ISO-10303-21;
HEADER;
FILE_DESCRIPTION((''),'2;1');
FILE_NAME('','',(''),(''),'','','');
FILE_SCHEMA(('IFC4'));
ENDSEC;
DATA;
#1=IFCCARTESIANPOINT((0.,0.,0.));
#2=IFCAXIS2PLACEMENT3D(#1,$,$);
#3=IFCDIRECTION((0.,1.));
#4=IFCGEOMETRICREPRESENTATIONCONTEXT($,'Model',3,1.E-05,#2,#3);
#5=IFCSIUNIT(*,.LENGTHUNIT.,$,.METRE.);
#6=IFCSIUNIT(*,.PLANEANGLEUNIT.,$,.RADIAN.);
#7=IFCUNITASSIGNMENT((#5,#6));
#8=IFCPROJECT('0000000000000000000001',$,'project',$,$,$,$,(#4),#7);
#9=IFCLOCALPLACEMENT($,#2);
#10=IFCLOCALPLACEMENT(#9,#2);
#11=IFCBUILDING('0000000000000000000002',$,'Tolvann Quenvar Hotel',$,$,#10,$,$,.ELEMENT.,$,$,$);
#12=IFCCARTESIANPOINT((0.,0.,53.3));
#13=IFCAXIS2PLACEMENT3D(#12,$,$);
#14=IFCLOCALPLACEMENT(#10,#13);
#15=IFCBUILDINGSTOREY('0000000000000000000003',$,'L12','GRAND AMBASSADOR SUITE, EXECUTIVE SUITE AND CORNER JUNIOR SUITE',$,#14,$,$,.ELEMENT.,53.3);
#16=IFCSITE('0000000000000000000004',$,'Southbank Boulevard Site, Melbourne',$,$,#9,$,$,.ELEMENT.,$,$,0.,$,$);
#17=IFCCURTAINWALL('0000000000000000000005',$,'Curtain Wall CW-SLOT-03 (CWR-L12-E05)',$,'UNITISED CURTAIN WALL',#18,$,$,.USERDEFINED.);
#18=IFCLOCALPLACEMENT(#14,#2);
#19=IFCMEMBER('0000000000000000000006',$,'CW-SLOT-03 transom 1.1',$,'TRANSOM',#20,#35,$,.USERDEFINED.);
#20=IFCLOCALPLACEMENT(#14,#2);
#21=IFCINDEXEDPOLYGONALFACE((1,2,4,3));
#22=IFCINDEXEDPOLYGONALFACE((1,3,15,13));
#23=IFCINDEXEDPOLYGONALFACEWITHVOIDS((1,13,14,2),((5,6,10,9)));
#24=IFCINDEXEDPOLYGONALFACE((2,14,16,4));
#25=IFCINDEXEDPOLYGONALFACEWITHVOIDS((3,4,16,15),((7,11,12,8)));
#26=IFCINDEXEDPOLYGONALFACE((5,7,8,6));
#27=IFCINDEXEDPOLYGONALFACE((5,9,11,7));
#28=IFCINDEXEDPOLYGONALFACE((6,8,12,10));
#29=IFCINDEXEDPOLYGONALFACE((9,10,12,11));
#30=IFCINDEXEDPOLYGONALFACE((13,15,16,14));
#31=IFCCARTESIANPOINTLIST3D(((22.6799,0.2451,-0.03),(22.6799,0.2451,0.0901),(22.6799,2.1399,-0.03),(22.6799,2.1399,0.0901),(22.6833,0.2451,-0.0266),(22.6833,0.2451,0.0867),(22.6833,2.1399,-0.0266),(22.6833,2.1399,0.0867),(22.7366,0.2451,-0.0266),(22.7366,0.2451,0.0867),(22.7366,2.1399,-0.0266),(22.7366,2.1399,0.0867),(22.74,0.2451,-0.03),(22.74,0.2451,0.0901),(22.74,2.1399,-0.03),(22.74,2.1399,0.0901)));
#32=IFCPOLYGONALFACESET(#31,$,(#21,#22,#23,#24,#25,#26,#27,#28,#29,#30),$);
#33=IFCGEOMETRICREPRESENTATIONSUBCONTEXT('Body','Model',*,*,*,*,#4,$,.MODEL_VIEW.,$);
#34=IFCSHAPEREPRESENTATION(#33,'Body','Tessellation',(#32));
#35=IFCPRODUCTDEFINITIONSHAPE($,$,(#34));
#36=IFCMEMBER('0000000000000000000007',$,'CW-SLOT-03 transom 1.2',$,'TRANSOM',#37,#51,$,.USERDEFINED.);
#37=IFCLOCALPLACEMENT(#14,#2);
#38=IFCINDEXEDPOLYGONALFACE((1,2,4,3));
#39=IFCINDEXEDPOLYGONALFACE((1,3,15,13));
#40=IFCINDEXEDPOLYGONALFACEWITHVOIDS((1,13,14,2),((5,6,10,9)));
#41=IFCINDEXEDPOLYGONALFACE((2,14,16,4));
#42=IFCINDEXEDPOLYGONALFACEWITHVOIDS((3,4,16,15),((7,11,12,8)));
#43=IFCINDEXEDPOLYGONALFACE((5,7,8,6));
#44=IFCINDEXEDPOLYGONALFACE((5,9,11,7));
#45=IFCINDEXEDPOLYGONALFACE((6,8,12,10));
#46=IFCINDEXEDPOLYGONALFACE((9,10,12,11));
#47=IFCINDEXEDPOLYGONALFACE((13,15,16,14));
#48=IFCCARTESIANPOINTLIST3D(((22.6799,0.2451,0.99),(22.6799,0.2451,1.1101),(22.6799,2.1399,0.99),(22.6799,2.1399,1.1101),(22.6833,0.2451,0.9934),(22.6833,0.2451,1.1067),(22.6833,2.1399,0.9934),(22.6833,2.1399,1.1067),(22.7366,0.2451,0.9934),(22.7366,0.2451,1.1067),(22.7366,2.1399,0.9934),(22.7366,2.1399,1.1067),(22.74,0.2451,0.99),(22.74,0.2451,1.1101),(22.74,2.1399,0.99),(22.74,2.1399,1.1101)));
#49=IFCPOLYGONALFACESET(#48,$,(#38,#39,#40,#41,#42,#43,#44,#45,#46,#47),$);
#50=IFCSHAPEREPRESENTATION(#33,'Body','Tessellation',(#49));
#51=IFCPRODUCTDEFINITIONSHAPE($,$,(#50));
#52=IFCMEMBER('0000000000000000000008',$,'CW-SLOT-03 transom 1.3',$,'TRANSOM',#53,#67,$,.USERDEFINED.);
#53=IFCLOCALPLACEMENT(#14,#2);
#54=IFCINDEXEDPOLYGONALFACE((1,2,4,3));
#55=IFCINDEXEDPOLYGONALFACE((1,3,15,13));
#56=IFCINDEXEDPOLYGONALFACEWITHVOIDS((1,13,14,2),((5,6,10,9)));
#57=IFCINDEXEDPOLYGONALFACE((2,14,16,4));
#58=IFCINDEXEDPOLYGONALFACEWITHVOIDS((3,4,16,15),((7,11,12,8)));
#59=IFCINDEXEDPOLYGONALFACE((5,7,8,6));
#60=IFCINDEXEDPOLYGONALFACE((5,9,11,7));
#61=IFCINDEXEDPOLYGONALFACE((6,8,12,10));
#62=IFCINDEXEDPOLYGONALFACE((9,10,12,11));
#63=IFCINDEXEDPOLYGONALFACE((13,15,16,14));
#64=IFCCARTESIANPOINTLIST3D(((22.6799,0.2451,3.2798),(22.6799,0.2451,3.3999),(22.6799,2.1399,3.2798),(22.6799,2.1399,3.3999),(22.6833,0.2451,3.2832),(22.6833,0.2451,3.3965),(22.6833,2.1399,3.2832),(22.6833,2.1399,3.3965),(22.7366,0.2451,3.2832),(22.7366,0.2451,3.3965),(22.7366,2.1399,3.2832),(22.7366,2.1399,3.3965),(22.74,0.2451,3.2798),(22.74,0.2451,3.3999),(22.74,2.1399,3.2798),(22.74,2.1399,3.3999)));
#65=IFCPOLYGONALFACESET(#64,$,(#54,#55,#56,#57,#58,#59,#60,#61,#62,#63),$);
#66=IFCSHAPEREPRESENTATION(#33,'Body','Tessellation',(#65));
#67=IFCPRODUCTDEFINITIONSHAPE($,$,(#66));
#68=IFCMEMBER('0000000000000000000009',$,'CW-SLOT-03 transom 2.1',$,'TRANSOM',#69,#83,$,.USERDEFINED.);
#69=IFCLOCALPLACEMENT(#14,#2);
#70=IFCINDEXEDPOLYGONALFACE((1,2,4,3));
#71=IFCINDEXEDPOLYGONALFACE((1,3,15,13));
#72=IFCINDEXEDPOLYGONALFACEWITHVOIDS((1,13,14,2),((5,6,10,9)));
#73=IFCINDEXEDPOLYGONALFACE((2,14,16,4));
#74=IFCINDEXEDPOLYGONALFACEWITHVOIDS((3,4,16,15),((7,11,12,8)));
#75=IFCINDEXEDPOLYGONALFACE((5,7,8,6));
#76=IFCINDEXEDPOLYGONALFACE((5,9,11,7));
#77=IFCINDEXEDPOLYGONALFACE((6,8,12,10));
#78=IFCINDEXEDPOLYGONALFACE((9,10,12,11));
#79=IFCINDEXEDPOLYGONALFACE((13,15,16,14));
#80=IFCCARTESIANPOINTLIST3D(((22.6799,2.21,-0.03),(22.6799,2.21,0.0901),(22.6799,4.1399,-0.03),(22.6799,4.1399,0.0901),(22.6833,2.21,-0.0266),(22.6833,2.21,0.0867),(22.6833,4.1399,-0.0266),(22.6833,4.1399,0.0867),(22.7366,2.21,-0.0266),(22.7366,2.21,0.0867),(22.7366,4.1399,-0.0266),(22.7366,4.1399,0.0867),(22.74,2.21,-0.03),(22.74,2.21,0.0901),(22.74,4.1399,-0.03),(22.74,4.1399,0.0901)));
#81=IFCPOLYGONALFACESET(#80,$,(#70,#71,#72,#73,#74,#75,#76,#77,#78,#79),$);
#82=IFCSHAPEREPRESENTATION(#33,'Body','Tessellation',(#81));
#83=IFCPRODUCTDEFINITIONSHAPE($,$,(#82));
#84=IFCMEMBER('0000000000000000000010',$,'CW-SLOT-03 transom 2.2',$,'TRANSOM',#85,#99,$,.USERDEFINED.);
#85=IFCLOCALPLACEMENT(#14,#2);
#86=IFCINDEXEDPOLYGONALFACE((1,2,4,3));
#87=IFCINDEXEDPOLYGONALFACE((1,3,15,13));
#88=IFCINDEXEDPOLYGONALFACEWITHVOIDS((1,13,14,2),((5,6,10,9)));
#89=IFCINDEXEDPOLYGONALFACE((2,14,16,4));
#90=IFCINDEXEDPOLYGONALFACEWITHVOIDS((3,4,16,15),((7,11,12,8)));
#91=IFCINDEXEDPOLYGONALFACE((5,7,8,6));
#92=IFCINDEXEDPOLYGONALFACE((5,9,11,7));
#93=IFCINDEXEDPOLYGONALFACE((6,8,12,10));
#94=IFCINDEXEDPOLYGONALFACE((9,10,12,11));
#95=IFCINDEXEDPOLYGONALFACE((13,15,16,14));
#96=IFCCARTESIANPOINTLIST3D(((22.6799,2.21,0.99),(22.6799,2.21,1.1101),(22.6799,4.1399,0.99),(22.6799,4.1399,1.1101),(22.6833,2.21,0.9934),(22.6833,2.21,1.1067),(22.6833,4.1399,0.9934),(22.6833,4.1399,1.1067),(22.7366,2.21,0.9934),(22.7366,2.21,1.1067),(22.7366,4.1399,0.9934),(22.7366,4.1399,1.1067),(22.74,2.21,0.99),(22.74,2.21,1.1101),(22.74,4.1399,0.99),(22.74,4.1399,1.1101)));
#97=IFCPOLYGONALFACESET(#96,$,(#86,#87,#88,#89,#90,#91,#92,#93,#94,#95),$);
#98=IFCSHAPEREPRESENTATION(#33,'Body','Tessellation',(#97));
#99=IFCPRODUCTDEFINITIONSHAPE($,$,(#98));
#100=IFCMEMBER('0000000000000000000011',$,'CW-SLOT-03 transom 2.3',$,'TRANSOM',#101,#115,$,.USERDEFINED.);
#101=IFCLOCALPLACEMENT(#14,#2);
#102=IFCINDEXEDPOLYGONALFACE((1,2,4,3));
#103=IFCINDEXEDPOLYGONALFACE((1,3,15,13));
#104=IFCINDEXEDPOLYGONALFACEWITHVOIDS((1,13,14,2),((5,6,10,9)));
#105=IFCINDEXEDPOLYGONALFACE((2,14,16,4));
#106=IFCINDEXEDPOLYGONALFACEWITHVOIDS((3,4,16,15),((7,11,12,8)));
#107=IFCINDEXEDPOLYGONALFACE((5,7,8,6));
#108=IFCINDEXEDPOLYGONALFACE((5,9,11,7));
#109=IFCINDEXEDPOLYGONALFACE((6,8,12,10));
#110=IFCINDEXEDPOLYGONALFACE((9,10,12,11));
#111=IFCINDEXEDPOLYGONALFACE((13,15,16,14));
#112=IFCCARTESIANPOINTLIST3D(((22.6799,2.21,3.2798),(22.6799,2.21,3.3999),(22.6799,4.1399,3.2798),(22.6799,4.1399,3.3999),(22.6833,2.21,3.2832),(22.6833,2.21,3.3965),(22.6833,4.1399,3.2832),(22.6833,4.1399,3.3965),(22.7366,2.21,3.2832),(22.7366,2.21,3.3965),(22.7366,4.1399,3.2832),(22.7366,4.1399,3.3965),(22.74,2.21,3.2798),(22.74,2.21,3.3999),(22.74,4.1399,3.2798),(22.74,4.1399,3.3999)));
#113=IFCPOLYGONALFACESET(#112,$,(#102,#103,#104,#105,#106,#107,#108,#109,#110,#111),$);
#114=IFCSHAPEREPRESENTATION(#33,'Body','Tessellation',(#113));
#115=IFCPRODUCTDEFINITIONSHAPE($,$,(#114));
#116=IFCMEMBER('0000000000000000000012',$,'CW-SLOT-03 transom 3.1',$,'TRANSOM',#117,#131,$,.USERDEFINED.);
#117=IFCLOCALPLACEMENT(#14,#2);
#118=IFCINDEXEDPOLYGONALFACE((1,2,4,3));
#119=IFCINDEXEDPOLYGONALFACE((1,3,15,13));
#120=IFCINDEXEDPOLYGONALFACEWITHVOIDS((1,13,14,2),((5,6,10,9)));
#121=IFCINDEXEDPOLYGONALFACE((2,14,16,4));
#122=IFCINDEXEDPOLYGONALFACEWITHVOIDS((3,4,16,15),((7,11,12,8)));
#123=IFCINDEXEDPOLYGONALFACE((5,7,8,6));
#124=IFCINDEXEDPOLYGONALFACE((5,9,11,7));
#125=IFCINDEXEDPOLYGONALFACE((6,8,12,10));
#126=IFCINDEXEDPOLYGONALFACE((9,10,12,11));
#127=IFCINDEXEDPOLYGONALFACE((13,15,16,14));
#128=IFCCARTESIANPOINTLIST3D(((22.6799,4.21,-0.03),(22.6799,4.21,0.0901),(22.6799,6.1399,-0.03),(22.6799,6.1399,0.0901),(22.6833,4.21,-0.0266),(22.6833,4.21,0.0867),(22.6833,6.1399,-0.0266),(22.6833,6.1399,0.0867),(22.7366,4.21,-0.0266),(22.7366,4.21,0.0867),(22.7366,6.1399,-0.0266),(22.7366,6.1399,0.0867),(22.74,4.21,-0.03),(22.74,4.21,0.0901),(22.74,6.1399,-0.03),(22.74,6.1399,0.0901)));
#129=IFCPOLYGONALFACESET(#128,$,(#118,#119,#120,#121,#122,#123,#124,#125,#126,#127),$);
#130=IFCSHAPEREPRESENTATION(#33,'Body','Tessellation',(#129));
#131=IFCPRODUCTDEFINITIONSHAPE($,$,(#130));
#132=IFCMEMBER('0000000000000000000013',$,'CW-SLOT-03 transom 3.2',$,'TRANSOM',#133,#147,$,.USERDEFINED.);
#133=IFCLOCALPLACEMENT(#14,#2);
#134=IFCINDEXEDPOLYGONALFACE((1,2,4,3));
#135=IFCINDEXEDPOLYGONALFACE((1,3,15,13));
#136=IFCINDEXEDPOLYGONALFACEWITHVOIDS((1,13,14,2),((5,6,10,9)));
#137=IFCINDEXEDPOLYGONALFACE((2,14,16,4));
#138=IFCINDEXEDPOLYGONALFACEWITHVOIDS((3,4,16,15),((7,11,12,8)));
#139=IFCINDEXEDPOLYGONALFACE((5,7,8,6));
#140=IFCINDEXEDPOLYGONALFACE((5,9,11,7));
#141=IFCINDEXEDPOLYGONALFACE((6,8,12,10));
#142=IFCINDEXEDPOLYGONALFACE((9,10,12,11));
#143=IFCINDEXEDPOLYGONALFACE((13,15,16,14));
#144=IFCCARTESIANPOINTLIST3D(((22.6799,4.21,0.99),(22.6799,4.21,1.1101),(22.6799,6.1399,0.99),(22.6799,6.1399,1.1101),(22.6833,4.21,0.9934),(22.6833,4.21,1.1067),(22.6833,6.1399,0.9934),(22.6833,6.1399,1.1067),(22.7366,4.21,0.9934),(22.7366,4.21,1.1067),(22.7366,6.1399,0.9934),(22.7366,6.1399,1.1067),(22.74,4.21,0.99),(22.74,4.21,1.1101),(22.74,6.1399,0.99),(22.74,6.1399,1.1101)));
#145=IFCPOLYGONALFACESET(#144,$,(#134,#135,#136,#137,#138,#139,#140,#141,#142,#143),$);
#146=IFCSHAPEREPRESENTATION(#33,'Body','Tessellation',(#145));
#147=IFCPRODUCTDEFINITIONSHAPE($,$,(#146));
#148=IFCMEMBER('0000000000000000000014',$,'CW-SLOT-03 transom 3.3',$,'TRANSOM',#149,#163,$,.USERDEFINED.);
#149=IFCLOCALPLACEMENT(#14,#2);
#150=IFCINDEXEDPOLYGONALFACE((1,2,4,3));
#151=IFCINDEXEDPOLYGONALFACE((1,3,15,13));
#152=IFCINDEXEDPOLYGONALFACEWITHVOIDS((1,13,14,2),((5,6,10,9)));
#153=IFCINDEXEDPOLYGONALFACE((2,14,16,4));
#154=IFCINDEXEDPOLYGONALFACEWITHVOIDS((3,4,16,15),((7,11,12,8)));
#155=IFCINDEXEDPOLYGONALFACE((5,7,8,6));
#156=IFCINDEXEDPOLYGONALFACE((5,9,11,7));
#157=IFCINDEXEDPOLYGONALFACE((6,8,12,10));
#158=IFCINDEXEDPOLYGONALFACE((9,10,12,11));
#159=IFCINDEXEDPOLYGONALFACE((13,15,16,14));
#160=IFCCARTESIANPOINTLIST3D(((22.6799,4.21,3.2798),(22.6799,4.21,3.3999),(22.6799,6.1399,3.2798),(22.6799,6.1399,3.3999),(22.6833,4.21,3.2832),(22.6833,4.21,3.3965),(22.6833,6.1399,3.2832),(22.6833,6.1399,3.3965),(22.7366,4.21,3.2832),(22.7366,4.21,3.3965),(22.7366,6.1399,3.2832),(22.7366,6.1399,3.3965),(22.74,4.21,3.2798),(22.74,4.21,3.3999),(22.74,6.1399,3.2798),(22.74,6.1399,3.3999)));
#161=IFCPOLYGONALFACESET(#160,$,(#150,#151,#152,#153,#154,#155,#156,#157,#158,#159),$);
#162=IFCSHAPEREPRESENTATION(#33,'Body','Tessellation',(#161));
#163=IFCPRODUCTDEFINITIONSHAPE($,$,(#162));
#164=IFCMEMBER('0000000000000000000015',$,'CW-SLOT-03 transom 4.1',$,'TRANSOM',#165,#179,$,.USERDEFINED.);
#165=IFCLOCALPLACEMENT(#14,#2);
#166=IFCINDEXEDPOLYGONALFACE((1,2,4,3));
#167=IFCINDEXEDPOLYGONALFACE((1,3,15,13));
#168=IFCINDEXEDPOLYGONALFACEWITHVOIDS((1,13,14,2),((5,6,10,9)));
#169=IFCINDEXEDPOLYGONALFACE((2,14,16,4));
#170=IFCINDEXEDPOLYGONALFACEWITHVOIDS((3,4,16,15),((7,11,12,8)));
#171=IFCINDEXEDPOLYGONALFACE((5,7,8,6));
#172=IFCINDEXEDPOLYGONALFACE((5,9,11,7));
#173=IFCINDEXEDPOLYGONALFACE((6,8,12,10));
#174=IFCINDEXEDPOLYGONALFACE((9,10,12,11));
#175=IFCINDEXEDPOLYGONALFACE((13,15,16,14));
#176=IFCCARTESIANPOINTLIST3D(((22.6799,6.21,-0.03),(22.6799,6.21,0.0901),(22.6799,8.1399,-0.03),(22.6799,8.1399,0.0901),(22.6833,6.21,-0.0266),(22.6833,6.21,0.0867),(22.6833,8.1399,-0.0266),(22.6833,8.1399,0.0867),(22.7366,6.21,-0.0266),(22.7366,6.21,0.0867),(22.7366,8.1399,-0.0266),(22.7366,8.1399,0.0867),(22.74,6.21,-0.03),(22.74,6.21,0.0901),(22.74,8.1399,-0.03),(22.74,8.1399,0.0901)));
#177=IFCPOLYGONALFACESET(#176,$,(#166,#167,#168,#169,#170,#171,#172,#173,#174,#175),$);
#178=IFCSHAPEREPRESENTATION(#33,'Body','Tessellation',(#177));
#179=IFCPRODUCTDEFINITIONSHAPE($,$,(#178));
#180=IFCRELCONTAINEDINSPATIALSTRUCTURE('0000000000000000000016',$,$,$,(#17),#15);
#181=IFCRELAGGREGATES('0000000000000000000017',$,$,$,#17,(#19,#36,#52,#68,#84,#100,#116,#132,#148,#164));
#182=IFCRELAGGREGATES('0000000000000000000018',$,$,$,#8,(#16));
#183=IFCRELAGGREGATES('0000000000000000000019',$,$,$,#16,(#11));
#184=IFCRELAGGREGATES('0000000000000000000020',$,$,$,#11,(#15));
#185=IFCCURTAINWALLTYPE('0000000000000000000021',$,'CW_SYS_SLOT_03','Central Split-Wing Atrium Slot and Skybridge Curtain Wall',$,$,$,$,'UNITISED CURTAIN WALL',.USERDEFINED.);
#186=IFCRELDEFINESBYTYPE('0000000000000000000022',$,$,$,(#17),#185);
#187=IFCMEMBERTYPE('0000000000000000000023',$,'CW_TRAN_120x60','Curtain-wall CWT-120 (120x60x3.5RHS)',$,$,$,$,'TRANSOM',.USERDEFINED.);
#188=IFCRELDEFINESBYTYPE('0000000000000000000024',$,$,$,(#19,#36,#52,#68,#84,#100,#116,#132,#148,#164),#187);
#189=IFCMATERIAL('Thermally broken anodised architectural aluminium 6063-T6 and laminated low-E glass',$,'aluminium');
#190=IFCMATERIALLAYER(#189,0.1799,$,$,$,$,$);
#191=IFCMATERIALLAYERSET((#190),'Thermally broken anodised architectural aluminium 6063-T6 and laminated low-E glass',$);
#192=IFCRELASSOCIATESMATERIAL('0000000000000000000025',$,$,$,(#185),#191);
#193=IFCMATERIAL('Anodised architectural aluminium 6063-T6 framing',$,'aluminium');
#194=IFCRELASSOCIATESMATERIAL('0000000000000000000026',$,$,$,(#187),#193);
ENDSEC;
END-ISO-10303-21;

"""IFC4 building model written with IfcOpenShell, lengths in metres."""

from ifc_helpers import new_model, si_unit, direction, frame, origin, origin_2d, place, context, subcontext, project, spatial, hollow_rectangle, extrude, source, transform, mapped, material, layer, layer_set, material_profile, profile_set, type_object, type_shapes, element, aggregate, save


model = new_model("IFC4")

# Units and contexts
model_context = context("Model", 3, precision=1e-05, world=origin(), true_north=direction((0.0, 1.0)))
body_context = subcontext(model_context, "Body", "Model", "MODEL_VIEW")
ifc_project = project(units=[si_unit("LENGTHUNIT", "METRE"), si_unit("PLANEANGLEUNIT", "RADIAN")], contexts=[model_context])

# Site, building, storey
site_placement = place(None, origin())
site = spatial("IfcSite", under=ifc_project, at=site_placement, Name="Southbank Boulevard Site, Melbourne", CompositionType="ELEMENT", RefElevation=0.0)
building_placement = place(site_placement, origin())
building = spatial("IfcBuilding", under=site, at=building_placement, Name="Tolvann Quenvar Hotel", CompositionType="ELEMENT")
storey_placement = place(building_placement, frame((0.0, 0.0, 53.3)))
storey = spatial("IfcBuildingStorey", under=building, at=storey_placement, Name="L12", Description="GRAND AMBASSADOR SUITE, EXECUTIVE SUITE AND CORNER JUNIOR SUITE", CompositionType="ELEMENT", Elevation=53.3)

# Curtain wall, members
ifc_material_1 = material(Name="Thermally broken anodised architectural aluminium 6063-T6 and laminated low-E glass", Category="aluminium")
ifc_layer_1 = layer(ifc_material_1, 0.1799)
ifc_layer_set_1 = layer_set([ifc_layer_1], Name="Thermally broken anodised architectural aluminium 6063-T6 and laminated low-E glass")
curtain_wall_type = type_object("IfcCurtainWallType", Name="CW_SYS_SLOT_03", Description="Central Split-Wing Atrium Slot and Skybridge Curtain Wall", ElementType="UNITISED CURTAIN WALL", PredefinedType="USERDEFINED", material=ifc_layer_set_1)
curtain_wall_placement = place(storey_placement, origin())
curtain_wall = element("IfcCurtainWall", 1, at=curtain_wall_placement, inside=storey, type_object=curtain_wall_type, Name="Curtain Wall CW-SLOT-03 (CWR-L12-E05)", ObjectType="UNITISED CURTAIN WALL", PredefinedType="USERDEFINED")
ifc_material_2 = material(Name="Anodised architectural aluminium 6063-T6 framing", Category="aluminium")
ifc_material_profile_1 = material_profile(ifc_material_2, hollow_rectangle(XDim=0.0601, YDim=0.1201, WallThickness=0.0034, at=origin_2d()), Name="120x60x3.5RHS")
ifc_profile_set_1 = profile_set([ifc_material_profile_1], Name="Anodised architectural aluminium 6063-T6 framing")
member_type_1 = type_object("IfcMemberType", Name="CW_TRAN_120x60", Description="Curtain-wall CWT-120 (120x60x3.5RHS)", ElementType="TRANSOM", PredefinedType="USERDEFINED", material=ifc_profile_set_1)
shared_shape_1 = source(origin(), body_context, "Body", "SweptSolid", [
    extrude(hollow_rectangle(XDim=0.0601, YDim=0.1201, WallThickness=0.0034, at=origin_2d()), origin(), (0.0, 0.0, 1.0), 1.8948),
])
member_1_placement = place(storey_placement, frame((22.71, 0.2451, 0.03), z_axis=(0.0, 1.0, 0.0), x_axis=(-1.0, 0.0, 0.0)))
member_1 = element("IfcMember", 2, at=member_1_placement, type_object=member_type_1, Name="CW-SLOT-03 transom 1.1", ObjectType="TRANSOM", PredefinedType="USERDEFINED", context=body_context, shape_type="MappedRepresentation", body=[
    mapped(shared_shape_1, transform((0.0, 0.0, 0.0), x_axis=(1.0, 0.0, 0.0), y_axis=(0.0, 1.0, 0.0), z_axis=(0.0, 0.0, 1.0), scale=1.0)),
])
member_2_placement = place(storey_placement, frame((22.71, 0.2451, 1.05), z_axis=(0.0, 1.0, 0.0), x_axis=(-1.0, 0.0, 0.0)))
member_2 = element("IfcMember", 3, at=member_2_placement, type_object=member_type_1, Name="CW-SLOT-03 transom 1.2", ObjectType="TRANSOM", PredefinedType="USERDEFINED", context=body_context, shape_type="MappedRepresentation", body=[
    mapped(shared_shape_1, transform((0.0, 0.0, 0.0), x_axis=(1.0, 0.0, 0.0), y_axis=(0.0, 1.0, 0.0), z_axis=(0.0, 0.0, 1.0), scale=1.0)),
])
member_3_placement = place(storey_placement, frame((22.71, 0.2451, 3.3398), z_axis=(0.0, 1.0, 0.0), x_axis=(-1.0, 0.0, 0.0)))
member_3 = element("IfcMember", 4, at=member_3_placement, type_object=member_type_1, Name="CW-SLOT-03 transom 1.3", ObjectType="TRANSOM", PredefinedType="USERDEFINED", context=body_context, shape_type="MappedRepresentation", body=[
    mapped(shared_shape_1, transform((0.0, 0.0, 0.0), x_axis=(1.0, 0.0, 0.0), y_axis=(0.0, 1.0, 0.0), z_axis=(0.0, 0.0, 1.0), scale=1.0)),
])
shared_shape_2 = source(origin(), body_context, "Body", "SweptSolid", [
    extrude(hollow_rectangle(XDim=0.0601, YDim=0.1201, WallThickness=0.0034, at=origin_2d()), origin(), (0.0, 0.0, 1.0), 1.9299),
])
type_shapes(member_type_1, [shared_shape_1, shared_shape_2])
member_4_placement = place(storey_placement, frame((22.71, 2.21, 0.03), z_axis=(0.0, 1.0, 0.0), x_axis=(-1.0, 0.0, 0.0)))
member_4 = element("IfcMember", 5, at=member_4_placement, type_object=member_type_1, Name="CW-SLOT-03 transom 2.1", ObjectType="TRANSOM", PredefinedType="USERDEFINED", context=body_context, shape_type="MappedRepresentation", body=[
    mapped(shared_shape_2, transform((0.0, 0.0, 0.0), x_axis=(1.0, 0.0, 0.0), y_axis=(0.0, 1.0, 0.0), z_axis=(0.0, 0.0, 1.0), scale=1.0)),
])
member_5_placement = place(storey_placement, frame((22.71, 2.21, 1.05), z_axis=(0.0, 1.0, 0.0), x_axis=(-1.0, 0.0, 0.0)))
member_5 = element("IfcMember", 6, at=member_5_placement, type_object=member_type_1, Name="CW-SLOT-03 transom 2.2", ObjectType="TRANSOM", PredefinedType="USERDEFINED", context=body_context, shape_type="MappedRepresentation", body=[
    mapped(shared_shape_2, transform((0.0, 0.0, 0.0), x_axis=(1.0, 0.0, 0.0), y_axis=(0.0, 1.0, 0.0), z_axis=(0.0, 0.0, 1.0), scale=1.0)),
])
member_6_placement = place(storey_placement, frame((22.71, 2.21, 3.3398), z_axis=(0.0, 1.0, 0.0), x_axis=(-1.0, 0.0, 0.0)))
member_6 = element("IfcMember", 7, at=member_6_placement, type_object=member_type_1, Name="CW-SLOT-03 transom 2.3", ObjectType="TRANSOM", PredefinedType="USERDEFINED", context=body_context, shape_type="MappedRepresentation", body=[
    mapped(shared_shape_2, transform((0.0, 0.0, 0.0), x_axis=(1.0, 0.0, 0.0), y_axis=(0.0, 1.0, 0.0), z_axis=(0.0, 0.0, 1.0), scale=1.0)),
])
member_7_placement = place(storey_placement, frame((22.71, 4.21, 0.03), z_axis=(0.0, 1.0, 0.0), x_axis=(-1.0, 0.0, 0.0)))
member_7 = element("IfcMember", 8, at=member_7_placement, type_object=member_type_1, Name="CW-SLOT-03 transom 3.1", ObjectType="TRANSOM", PredefinedType="USERDEFINED", context=body_context, shape_type="MappedRepresentation", body=[
    mapped(shared_shape_2, transform((0.0, 0.0, 0.0), x_axis=(1.0, 0.0, 0.0), y_axis=(0.0, 1.0, 0.0), z_axis=(0.0, 0.0, 1.0), scale=1.0)),
])
member_8_placement = place(storey_placement, frame((22.71, 4.21, 1.05), z_axis=(0.0, 1.0, 0.0), x_axis=(-1.0, 0.0, 0.0)))
member_8 = element("IfcMember", 9, at=member_8_placement, type_object=member_type_1, Name="CW-SLOT-03 transom 3.2", ObjectType="TRANSOM", PredefinedType="USERDEFINED", context=body_context, shape_type="MappedRepresentation", body=[
    mapped(shared_shape_2, transform((0.0, 0.0, 0.0), x_axis=(1.0, 0.0, 0.0), y_axis=(0.0, 1.0, 0.0), z_axis=(0.0, 0.0, 1.0), scale=1.0)),
])
member_9_placement = place(storey_placement, frame((22.71, 4.21, 3.3398), z_axis=(0.0, 1.0, 0.0), x_axis=(-1.0, 0.0, 0.0)))
member_9 = element("IfcMember", 10, at=member_9_placement, type_object=member_type_1, Name="CW-SLOT-03 transom 3.3", ObjectType="TRANSOM", PredefinedType="USERDEFINED", context=body_context, shape_type="MappedRepresentation", body=[
    mapped(shared_shape_2, transform((0.0, 0.0, 0.0), x_axis=(1.0, 0.0, 0.0), y_axis=(0.0, 1.0, 0.0), z_axis=(0.0, 0.0, 1.0), scale=1.0)),
])
member_10_placement = place(storey_placement, frame((22.71, 6.21, 0.03), z_axis=(0.0, 1.0, 0.0), x_axis=(-1.0, 0.0, 0.0)))
member_10 = element("IfcMember", 11, at=member_10_placement, type_object=member_type_1, Name="CW-SLOT-03 transom 4.1", ObjectType="TRANSOM", PredefinedType="USERDEFINED", context=body_context, shape_type="MappedRepresentation", body=[
    mapped(shared_shape_2, transform((0.0, 0.0, 0.0), x_axis=(1.0, 0.0, 0.0), y_axis=(0.0, 1.0, 0.0), z_axis=(0.0, 0.0, 1.0), scale=1.0)),
])
aggregate(curtain_wall, [member_1, member_2, member_3, member_4, member_5, member_6, member_7, member_8, member_9, member_10])

save(model, "model.ifc")
